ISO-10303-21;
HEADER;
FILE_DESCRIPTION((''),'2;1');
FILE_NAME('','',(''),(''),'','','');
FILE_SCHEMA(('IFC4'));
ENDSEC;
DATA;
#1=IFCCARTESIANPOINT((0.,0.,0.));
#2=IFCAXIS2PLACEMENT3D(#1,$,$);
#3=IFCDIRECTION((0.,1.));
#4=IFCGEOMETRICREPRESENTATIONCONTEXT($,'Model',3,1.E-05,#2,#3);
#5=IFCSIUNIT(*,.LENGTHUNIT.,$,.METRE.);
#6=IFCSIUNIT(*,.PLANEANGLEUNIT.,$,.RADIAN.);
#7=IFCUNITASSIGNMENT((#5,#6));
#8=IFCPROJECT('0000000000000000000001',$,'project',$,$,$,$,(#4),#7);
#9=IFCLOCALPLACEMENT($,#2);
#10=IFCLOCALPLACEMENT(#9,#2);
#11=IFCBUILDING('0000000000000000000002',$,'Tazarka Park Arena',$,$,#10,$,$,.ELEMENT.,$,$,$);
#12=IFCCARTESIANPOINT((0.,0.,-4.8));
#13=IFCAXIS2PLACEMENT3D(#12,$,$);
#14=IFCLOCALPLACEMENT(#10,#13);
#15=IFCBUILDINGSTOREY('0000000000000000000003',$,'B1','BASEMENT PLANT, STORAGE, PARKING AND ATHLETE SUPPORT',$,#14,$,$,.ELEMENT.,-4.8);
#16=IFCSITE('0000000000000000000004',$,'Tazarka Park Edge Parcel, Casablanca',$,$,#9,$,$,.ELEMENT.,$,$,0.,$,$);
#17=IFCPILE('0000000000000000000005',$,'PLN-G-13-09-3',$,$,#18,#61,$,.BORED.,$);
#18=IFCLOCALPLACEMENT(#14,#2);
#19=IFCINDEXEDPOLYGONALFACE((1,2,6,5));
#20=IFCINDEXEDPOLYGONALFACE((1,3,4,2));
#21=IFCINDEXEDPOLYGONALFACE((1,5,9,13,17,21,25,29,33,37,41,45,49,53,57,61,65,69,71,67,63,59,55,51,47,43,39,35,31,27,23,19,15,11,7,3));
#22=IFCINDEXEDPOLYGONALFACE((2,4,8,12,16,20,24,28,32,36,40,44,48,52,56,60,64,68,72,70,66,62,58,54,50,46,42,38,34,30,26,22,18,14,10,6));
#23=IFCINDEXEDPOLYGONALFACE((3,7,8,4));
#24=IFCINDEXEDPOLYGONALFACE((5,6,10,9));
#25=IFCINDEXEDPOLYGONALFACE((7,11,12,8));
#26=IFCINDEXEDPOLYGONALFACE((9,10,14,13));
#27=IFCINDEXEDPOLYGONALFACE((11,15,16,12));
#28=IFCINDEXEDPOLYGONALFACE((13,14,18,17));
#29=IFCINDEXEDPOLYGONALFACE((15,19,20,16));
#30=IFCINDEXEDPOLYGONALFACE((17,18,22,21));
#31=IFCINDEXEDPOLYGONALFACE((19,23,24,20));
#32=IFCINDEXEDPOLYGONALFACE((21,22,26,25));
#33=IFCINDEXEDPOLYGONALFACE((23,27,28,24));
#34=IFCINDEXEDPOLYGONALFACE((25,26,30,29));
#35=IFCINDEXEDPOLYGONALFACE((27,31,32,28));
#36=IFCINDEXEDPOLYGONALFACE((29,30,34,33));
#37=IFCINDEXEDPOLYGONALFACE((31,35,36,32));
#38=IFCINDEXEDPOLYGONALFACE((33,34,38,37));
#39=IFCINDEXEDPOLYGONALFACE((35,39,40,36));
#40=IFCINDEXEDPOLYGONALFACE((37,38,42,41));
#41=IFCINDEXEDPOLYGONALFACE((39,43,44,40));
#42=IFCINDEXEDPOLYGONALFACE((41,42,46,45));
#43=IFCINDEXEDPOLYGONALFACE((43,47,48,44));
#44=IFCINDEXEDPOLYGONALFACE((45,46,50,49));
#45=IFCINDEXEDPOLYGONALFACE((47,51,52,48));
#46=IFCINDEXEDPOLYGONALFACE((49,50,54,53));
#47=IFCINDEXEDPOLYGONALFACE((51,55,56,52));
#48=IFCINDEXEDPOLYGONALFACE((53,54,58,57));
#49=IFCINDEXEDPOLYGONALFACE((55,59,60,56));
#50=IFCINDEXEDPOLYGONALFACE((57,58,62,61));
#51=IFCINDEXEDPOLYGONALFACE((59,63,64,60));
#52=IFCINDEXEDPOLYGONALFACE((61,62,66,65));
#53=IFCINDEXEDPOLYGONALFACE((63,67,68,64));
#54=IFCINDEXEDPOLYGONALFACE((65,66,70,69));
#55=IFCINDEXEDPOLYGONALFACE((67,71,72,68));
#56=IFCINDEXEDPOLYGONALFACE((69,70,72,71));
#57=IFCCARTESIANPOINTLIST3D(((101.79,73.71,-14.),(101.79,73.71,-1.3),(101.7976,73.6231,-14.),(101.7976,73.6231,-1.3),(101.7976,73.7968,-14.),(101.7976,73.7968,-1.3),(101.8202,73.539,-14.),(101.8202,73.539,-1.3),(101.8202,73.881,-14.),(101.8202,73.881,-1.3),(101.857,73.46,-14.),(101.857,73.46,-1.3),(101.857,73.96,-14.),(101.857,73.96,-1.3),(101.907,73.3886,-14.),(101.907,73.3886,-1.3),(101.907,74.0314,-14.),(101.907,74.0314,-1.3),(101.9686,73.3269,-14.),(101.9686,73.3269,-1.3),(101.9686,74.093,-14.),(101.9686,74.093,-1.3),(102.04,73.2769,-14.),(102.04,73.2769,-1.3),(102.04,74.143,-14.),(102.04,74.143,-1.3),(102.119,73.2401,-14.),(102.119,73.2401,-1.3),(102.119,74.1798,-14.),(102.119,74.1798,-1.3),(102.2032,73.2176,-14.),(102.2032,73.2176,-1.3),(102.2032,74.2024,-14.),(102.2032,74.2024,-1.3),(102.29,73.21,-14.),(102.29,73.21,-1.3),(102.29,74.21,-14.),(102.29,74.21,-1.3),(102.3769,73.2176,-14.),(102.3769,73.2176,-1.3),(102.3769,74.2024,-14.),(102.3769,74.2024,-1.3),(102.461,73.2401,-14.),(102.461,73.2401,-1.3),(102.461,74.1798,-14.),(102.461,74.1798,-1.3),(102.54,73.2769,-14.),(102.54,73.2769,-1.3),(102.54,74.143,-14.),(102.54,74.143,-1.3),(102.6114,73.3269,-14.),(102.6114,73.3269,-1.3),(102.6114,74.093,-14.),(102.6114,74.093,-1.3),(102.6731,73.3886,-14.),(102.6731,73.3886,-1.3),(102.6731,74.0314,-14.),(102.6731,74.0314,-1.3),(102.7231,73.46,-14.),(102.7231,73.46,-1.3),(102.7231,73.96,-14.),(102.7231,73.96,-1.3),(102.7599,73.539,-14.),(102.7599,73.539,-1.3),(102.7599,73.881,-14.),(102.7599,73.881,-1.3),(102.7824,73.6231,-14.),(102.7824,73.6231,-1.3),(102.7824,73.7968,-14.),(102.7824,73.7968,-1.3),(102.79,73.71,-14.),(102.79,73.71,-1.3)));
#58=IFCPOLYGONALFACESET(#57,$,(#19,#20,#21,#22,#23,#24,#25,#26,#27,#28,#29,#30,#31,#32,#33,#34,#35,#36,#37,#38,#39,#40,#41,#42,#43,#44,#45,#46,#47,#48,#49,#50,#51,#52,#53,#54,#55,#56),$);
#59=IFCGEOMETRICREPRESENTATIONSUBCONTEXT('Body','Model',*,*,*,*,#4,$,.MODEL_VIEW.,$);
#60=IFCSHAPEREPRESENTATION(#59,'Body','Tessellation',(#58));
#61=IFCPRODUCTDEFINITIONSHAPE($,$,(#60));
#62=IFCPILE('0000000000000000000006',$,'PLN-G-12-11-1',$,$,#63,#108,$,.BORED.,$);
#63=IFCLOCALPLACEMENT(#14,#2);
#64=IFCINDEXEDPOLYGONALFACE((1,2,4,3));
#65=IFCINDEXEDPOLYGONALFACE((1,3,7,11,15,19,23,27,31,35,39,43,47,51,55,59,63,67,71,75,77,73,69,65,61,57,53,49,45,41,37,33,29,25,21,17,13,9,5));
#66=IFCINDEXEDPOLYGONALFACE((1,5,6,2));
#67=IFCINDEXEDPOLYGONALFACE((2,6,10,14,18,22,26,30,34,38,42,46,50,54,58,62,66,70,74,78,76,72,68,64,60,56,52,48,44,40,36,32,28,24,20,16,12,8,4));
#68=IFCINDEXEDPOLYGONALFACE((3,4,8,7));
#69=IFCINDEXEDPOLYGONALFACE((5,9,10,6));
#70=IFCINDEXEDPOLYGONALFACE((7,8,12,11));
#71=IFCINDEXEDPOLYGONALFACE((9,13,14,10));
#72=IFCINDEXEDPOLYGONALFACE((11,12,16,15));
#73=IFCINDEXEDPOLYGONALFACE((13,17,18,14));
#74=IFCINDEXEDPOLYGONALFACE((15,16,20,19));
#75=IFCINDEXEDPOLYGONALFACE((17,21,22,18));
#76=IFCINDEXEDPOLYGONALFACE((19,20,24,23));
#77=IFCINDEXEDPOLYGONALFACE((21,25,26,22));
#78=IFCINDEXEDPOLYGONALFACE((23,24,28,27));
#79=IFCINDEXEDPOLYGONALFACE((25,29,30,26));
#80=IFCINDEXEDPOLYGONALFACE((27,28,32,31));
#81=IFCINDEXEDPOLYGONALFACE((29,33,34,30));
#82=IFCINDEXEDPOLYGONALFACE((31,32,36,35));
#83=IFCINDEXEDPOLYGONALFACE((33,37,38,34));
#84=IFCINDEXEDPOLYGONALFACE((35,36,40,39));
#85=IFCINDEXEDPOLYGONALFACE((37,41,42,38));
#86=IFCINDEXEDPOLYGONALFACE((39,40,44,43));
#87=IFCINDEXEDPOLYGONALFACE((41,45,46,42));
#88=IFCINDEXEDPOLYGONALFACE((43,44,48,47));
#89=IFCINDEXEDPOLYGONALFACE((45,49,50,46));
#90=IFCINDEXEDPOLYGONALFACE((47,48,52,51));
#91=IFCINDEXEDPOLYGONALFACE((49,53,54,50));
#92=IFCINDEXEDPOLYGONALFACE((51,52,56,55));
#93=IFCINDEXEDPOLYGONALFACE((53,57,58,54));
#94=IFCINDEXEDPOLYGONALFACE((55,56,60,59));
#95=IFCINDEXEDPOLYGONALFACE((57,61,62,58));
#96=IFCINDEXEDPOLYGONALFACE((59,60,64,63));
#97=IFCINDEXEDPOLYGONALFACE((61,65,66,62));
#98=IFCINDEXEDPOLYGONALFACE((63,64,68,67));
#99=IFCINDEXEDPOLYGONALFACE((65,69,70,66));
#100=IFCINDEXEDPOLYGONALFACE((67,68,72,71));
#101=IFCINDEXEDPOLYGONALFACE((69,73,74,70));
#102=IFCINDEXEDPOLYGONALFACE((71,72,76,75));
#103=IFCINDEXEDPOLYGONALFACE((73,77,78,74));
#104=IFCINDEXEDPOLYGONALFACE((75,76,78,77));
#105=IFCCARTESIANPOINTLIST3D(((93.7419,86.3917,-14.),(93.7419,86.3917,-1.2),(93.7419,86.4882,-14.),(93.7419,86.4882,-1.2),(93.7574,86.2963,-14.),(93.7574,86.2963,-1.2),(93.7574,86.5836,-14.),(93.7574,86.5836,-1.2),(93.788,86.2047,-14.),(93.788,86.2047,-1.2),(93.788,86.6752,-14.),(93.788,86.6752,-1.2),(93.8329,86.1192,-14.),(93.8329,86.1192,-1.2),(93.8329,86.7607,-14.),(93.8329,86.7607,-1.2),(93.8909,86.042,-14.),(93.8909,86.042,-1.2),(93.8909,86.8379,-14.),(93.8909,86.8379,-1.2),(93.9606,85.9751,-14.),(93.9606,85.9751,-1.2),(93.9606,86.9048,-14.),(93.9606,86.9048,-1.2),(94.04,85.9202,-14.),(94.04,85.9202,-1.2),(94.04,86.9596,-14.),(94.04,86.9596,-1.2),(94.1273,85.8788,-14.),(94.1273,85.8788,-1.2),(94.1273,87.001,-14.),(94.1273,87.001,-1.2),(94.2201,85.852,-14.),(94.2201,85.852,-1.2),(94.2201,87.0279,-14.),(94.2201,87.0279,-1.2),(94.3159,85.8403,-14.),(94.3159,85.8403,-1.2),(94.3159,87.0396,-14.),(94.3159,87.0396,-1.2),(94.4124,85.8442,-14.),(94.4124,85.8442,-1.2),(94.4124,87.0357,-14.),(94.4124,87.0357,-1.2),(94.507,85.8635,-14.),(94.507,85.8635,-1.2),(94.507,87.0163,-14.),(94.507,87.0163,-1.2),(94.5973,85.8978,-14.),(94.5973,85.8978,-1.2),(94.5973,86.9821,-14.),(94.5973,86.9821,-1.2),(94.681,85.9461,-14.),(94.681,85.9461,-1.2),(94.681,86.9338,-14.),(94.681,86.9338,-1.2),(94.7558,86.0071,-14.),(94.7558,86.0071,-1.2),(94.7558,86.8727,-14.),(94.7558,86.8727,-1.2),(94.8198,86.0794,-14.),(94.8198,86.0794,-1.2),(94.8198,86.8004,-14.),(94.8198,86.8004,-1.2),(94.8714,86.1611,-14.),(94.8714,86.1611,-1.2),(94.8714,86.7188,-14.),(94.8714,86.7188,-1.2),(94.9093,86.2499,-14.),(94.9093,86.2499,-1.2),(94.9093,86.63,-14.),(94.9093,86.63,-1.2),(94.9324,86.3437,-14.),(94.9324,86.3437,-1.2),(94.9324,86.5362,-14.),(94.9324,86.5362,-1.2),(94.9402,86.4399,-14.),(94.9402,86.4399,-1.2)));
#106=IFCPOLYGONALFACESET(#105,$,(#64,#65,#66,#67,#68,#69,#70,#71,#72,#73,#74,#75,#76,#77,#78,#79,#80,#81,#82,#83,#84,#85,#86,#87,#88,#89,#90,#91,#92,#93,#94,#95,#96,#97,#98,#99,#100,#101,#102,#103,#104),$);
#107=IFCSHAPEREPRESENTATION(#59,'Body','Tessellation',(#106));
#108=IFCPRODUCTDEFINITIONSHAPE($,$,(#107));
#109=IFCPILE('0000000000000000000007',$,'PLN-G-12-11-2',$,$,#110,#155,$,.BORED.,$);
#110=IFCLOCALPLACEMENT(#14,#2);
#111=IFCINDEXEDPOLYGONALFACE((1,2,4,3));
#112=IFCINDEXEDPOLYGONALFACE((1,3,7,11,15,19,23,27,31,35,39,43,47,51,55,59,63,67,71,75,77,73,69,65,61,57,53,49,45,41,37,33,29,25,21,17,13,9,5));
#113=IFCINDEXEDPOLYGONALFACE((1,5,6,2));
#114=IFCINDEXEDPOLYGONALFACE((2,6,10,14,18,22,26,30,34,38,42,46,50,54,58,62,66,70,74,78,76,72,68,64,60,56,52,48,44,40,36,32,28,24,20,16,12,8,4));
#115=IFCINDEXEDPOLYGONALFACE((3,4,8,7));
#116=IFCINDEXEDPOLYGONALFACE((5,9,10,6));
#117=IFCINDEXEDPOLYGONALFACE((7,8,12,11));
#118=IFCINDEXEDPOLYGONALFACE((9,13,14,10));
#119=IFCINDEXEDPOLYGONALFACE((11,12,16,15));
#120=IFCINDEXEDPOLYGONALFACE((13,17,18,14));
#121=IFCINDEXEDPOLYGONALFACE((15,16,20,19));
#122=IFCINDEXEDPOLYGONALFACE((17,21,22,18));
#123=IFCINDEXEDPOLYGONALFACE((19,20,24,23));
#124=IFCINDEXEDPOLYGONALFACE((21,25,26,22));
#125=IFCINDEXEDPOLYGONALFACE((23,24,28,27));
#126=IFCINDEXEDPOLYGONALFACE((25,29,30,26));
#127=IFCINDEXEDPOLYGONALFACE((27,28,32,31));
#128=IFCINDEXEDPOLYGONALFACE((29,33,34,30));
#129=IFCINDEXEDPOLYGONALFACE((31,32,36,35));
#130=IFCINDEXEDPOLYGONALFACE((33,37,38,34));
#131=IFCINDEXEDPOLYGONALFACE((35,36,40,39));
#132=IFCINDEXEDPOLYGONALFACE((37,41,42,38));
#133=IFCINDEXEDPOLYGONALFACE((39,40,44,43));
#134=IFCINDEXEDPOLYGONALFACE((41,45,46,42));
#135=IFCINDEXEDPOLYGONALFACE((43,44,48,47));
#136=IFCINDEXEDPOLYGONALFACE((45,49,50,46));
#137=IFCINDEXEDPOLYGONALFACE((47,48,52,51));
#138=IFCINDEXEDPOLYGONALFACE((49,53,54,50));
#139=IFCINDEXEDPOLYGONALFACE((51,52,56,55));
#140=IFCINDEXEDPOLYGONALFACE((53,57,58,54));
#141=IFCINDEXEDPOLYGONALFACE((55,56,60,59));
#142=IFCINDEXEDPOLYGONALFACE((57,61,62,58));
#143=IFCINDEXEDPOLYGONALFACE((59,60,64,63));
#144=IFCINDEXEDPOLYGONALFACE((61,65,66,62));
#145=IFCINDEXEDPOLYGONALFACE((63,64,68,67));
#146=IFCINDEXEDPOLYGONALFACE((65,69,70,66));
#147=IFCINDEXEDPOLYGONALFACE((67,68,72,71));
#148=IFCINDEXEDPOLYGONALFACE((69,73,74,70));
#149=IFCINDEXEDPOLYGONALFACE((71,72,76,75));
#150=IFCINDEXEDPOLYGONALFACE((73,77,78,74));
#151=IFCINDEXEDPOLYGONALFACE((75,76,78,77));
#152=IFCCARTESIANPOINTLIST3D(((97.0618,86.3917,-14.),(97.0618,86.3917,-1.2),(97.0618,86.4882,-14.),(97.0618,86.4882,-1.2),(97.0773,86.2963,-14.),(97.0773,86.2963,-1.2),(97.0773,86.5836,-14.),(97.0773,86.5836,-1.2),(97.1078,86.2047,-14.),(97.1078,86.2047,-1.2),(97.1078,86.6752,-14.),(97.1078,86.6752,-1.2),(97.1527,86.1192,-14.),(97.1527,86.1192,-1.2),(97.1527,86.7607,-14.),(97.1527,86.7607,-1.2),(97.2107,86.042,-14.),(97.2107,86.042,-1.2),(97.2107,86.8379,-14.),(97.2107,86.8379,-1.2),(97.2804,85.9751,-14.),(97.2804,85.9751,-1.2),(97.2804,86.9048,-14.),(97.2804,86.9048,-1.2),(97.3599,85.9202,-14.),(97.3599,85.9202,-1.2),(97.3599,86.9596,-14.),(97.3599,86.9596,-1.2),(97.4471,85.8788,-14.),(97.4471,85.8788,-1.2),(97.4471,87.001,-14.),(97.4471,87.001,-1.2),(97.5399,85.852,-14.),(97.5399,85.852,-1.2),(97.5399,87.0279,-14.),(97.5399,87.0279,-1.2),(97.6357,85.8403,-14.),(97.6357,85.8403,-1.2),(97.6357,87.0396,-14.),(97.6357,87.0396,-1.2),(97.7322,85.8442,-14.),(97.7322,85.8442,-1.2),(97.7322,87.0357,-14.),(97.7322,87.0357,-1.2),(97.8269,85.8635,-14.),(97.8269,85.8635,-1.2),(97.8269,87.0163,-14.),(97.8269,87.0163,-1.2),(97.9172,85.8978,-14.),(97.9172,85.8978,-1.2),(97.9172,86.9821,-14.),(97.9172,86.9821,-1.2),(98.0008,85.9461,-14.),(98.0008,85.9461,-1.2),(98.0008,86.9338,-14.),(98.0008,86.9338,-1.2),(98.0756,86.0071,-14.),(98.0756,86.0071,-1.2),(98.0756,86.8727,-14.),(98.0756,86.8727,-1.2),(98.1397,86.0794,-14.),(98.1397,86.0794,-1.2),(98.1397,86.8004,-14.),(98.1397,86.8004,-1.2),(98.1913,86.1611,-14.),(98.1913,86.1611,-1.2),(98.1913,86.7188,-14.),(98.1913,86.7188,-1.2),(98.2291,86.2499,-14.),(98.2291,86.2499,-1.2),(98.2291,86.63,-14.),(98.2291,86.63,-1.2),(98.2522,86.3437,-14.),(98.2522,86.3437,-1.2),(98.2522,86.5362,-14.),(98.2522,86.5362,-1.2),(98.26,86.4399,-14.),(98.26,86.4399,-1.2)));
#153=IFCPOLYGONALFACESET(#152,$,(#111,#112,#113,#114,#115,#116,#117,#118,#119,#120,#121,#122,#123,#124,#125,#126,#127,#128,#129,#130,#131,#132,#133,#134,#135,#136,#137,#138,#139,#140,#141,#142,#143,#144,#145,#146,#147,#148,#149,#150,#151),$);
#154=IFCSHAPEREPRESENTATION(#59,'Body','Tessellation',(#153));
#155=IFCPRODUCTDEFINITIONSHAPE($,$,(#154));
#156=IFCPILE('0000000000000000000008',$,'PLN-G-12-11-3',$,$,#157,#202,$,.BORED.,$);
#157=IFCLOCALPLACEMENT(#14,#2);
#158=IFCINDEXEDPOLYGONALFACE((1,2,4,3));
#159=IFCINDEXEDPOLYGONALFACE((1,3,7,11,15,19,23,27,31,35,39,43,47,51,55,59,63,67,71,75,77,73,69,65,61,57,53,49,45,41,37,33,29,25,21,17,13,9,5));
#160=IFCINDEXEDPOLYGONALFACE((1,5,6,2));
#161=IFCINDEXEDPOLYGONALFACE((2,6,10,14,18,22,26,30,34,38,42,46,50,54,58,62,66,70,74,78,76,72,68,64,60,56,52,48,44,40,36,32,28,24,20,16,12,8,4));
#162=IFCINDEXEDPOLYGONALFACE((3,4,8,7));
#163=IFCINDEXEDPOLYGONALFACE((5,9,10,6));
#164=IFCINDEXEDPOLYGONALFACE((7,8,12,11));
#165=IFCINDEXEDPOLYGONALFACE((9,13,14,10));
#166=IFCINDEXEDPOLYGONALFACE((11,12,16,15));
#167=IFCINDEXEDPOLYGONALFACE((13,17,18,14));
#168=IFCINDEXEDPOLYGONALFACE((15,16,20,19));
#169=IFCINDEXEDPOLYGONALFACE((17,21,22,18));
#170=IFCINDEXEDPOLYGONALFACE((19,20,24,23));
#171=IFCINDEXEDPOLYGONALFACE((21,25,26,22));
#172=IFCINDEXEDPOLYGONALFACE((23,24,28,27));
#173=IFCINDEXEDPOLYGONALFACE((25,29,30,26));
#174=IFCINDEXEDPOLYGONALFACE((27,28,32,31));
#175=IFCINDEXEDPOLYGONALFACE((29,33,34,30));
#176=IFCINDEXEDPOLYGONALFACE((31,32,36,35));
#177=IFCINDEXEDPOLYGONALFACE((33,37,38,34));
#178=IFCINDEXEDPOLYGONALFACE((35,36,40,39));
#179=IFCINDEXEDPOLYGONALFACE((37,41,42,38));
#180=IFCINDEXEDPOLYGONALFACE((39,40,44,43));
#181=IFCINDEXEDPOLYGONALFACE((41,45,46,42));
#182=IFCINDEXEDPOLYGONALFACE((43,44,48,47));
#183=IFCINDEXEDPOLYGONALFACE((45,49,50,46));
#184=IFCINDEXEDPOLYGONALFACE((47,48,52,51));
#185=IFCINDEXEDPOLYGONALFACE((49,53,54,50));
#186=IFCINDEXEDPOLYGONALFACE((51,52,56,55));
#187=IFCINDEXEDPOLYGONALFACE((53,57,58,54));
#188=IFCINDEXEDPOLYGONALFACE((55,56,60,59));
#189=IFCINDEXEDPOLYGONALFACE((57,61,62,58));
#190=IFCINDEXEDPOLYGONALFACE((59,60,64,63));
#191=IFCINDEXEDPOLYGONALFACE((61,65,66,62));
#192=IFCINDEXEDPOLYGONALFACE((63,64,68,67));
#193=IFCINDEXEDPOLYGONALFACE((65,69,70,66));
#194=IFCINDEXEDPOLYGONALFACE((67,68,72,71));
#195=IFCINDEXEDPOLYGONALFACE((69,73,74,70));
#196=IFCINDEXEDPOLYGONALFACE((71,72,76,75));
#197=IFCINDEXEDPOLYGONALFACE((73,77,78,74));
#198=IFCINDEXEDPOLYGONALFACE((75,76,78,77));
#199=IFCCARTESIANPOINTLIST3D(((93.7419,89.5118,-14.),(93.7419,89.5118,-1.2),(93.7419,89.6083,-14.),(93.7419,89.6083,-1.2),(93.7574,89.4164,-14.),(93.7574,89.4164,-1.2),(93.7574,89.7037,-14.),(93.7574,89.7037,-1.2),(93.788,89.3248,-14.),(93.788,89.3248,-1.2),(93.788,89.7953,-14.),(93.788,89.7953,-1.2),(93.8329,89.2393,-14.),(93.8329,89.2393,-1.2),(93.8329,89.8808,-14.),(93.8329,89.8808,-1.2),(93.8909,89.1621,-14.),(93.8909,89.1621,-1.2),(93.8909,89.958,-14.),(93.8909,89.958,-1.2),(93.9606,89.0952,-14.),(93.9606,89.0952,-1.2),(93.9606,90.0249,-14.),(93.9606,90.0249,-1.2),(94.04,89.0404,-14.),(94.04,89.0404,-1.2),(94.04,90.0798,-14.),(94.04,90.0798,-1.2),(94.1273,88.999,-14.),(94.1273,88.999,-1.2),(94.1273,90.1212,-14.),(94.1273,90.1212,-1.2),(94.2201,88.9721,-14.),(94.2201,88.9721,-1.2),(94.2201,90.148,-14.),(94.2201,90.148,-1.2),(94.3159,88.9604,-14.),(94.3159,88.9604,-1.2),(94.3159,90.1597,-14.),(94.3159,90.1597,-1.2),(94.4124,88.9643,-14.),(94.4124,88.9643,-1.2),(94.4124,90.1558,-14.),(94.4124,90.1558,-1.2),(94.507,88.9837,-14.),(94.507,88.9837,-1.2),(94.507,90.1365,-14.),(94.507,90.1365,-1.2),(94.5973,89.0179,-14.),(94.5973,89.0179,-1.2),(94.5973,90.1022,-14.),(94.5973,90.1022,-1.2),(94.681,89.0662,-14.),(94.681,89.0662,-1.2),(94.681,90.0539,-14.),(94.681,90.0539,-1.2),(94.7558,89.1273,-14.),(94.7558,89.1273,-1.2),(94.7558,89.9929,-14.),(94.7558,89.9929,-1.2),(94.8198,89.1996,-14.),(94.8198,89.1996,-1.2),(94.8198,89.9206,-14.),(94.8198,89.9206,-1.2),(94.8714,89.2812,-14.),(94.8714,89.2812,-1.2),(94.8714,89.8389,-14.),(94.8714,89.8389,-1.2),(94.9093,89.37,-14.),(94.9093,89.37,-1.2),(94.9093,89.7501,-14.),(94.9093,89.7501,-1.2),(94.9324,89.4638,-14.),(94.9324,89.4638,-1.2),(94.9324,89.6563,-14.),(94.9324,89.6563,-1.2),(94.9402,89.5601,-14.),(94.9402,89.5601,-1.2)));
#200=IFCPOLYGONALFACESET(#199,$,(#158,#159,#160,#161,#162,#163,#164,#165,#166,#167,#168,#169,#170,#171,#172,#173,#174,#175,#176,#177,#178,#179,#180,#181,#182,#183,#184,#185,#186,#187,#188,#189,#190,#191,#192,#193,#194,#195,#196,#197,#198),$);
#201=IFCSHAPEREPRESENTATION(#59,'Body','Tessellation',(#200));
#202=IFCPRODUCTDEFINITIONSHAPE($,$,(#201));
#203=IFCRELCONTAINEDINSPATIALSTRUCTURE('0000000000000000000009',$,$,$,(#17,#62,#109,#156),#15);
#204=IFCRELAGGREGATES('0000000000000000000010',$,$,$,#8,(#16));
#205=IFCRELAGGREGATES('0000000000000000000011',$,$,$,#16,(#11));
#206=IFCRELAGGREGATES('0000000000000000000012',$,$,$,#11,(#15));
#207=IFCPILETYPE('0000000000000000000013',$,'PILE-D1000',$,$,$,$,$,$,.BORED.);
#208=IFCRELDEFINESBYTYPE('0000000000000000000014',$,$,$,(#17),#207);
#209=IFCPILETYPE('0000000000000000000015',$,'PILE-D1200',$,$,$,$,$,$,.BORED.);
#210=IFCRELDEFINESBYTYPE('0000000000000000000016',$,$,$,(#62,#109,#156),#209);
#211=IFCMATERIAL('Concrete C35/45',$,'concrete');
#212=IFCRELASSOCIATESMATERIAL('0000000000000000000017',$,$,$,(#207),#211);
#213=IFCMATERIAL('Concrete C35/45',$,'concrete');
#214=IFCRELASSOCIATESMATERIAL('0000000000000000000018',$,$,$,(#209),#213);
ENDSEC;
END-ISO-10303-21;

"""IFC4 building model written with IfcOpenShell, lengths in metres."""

from ifc_helpers import new_model, si_unit, direction, frame, origin, origin_2d, place, context, subcontext, project, spatial, circle, extrude, material, material_profile, profile_set, type_object, element, save


model = new_model("IFC4")

# Units and contexts
model_context = context("Model", 3, precision=1e-05, world=origin(), true_north=direction((0.0, 1.0)))
body_context = subcontext(model_context, "Body", "Model", "MODEL_VIEW")
ifc_project = project(units=[si_unit("LENGTHUNIT", "METRE"), si_unit("PLANEANGLEUNIT", "RADIAN")], contexts=[model_context])

# Site, building, storey
site_placement = place(None, origin())
site = spatial("IfcSite", under=ifc_project, at=site_placement, Name="Tazarka Park Edge Parcel, Casablanca", CompositionType="ELEMENT", RefElevation=0.0)
building_placement = place(site_placement, origin())
building = spatial("IfcBuilding", under=site, at=building_placement, Name="Tazarka Park Arena", CompositionType="ELEMENT")
storey_placement = place(building_placement, frame((0.0, 0.0, -4.8)))
storey = spatial("IfcBuildingStorey", under=building, at=storey_placement, Name="B1", Description="BASEMENT PLANT, STORAGE, PARKING AND ATHLETE SUPPORT", CompositionType="ELEMENT", Elevation=-4.8)

# Piles
ifc_material_1 = material(Name="Concrete C35/45", Category="concrete")
ifc_material_profile_1 = material_profile(ifc_material_1, circle(Radius=0.5, at=origin_2d()), Name="Concrete C35/45")
ifc_profile_set_1 = profile_set([ifc_material_profile_1], Name="Concrete C35/45")
pile_type_1 = type_object("IfcPileType", Name="PILE-D1000", PredefinedType="BORED", material=ifc_profile_set_1)
pile_1_placement = place(storey_placement, frame((102.29, 73.71, -1.3), z_axis=(0.0, 0.0, -1.0), x_axis=(1.0, 0.0, 0.0)))
element("IfcPile", 1, at=pile_1_placement, inside=storey, type_object=pile_type_1, Name="PLN-G-13-09-3", PredefinedType="BORED", context=body_context, shape_type="SweptSolid", body=[
    extrude(circle(Radius=0.5, at=origin_2d()), origin(), (0.0, 0.0, 1.0), 12.7),
])
ifc_material_2 = material(Name="Concrete C35/45", Category="concrete")
ifc_material_profile_2 = material_profile(ifc_material_2, circle(Radius=0.6001, at=origin_2d()), Name="Concrete C35/45")
ifc_profile_set_2 = profile_set([ifc_material_profile_2], Name="Concrete C35/45")
pile_type_2 = type_object("IfcPileType", Name="PILE-D1200", PredefinedType="BORED", material=ifc_profile_set_2)
for number, where, z_axis, x_axis, name in (
    (2, (94.3401, 86.4399, -1.2), (0.0, 0.0, -1.0), (1.0, 0.0, 0.0), "PLN-G-12-11-1"),
    (3, (97.6599, 86.4399, -1.2), (0.0, 0.0, -1.0), (1.0, 0.0, 0.0), "PLN-G-12-11-2"),
    (4, (94.3401, 89.5601, -1.2), (0.0, 0.0, -1.0), (1.0, 0.0, 0.0), "PLN-G-12-11-3"),
):
    element("IfcPile", number, at=place(storey_placement, frame(where, z_axis=z_axis, x_axis=x_axis)), inside=storey, type_object=pile_type_2, Name=name, PredefinedType="BORED", context=body_context, shape_type="SweptSolid", body=[
        extrude(circle(Radius=0.6001, at=origin_2d()), origin(), (0.0, 0.0, 1.0), 12.8),
    ])

save(model, "model.ifc")
